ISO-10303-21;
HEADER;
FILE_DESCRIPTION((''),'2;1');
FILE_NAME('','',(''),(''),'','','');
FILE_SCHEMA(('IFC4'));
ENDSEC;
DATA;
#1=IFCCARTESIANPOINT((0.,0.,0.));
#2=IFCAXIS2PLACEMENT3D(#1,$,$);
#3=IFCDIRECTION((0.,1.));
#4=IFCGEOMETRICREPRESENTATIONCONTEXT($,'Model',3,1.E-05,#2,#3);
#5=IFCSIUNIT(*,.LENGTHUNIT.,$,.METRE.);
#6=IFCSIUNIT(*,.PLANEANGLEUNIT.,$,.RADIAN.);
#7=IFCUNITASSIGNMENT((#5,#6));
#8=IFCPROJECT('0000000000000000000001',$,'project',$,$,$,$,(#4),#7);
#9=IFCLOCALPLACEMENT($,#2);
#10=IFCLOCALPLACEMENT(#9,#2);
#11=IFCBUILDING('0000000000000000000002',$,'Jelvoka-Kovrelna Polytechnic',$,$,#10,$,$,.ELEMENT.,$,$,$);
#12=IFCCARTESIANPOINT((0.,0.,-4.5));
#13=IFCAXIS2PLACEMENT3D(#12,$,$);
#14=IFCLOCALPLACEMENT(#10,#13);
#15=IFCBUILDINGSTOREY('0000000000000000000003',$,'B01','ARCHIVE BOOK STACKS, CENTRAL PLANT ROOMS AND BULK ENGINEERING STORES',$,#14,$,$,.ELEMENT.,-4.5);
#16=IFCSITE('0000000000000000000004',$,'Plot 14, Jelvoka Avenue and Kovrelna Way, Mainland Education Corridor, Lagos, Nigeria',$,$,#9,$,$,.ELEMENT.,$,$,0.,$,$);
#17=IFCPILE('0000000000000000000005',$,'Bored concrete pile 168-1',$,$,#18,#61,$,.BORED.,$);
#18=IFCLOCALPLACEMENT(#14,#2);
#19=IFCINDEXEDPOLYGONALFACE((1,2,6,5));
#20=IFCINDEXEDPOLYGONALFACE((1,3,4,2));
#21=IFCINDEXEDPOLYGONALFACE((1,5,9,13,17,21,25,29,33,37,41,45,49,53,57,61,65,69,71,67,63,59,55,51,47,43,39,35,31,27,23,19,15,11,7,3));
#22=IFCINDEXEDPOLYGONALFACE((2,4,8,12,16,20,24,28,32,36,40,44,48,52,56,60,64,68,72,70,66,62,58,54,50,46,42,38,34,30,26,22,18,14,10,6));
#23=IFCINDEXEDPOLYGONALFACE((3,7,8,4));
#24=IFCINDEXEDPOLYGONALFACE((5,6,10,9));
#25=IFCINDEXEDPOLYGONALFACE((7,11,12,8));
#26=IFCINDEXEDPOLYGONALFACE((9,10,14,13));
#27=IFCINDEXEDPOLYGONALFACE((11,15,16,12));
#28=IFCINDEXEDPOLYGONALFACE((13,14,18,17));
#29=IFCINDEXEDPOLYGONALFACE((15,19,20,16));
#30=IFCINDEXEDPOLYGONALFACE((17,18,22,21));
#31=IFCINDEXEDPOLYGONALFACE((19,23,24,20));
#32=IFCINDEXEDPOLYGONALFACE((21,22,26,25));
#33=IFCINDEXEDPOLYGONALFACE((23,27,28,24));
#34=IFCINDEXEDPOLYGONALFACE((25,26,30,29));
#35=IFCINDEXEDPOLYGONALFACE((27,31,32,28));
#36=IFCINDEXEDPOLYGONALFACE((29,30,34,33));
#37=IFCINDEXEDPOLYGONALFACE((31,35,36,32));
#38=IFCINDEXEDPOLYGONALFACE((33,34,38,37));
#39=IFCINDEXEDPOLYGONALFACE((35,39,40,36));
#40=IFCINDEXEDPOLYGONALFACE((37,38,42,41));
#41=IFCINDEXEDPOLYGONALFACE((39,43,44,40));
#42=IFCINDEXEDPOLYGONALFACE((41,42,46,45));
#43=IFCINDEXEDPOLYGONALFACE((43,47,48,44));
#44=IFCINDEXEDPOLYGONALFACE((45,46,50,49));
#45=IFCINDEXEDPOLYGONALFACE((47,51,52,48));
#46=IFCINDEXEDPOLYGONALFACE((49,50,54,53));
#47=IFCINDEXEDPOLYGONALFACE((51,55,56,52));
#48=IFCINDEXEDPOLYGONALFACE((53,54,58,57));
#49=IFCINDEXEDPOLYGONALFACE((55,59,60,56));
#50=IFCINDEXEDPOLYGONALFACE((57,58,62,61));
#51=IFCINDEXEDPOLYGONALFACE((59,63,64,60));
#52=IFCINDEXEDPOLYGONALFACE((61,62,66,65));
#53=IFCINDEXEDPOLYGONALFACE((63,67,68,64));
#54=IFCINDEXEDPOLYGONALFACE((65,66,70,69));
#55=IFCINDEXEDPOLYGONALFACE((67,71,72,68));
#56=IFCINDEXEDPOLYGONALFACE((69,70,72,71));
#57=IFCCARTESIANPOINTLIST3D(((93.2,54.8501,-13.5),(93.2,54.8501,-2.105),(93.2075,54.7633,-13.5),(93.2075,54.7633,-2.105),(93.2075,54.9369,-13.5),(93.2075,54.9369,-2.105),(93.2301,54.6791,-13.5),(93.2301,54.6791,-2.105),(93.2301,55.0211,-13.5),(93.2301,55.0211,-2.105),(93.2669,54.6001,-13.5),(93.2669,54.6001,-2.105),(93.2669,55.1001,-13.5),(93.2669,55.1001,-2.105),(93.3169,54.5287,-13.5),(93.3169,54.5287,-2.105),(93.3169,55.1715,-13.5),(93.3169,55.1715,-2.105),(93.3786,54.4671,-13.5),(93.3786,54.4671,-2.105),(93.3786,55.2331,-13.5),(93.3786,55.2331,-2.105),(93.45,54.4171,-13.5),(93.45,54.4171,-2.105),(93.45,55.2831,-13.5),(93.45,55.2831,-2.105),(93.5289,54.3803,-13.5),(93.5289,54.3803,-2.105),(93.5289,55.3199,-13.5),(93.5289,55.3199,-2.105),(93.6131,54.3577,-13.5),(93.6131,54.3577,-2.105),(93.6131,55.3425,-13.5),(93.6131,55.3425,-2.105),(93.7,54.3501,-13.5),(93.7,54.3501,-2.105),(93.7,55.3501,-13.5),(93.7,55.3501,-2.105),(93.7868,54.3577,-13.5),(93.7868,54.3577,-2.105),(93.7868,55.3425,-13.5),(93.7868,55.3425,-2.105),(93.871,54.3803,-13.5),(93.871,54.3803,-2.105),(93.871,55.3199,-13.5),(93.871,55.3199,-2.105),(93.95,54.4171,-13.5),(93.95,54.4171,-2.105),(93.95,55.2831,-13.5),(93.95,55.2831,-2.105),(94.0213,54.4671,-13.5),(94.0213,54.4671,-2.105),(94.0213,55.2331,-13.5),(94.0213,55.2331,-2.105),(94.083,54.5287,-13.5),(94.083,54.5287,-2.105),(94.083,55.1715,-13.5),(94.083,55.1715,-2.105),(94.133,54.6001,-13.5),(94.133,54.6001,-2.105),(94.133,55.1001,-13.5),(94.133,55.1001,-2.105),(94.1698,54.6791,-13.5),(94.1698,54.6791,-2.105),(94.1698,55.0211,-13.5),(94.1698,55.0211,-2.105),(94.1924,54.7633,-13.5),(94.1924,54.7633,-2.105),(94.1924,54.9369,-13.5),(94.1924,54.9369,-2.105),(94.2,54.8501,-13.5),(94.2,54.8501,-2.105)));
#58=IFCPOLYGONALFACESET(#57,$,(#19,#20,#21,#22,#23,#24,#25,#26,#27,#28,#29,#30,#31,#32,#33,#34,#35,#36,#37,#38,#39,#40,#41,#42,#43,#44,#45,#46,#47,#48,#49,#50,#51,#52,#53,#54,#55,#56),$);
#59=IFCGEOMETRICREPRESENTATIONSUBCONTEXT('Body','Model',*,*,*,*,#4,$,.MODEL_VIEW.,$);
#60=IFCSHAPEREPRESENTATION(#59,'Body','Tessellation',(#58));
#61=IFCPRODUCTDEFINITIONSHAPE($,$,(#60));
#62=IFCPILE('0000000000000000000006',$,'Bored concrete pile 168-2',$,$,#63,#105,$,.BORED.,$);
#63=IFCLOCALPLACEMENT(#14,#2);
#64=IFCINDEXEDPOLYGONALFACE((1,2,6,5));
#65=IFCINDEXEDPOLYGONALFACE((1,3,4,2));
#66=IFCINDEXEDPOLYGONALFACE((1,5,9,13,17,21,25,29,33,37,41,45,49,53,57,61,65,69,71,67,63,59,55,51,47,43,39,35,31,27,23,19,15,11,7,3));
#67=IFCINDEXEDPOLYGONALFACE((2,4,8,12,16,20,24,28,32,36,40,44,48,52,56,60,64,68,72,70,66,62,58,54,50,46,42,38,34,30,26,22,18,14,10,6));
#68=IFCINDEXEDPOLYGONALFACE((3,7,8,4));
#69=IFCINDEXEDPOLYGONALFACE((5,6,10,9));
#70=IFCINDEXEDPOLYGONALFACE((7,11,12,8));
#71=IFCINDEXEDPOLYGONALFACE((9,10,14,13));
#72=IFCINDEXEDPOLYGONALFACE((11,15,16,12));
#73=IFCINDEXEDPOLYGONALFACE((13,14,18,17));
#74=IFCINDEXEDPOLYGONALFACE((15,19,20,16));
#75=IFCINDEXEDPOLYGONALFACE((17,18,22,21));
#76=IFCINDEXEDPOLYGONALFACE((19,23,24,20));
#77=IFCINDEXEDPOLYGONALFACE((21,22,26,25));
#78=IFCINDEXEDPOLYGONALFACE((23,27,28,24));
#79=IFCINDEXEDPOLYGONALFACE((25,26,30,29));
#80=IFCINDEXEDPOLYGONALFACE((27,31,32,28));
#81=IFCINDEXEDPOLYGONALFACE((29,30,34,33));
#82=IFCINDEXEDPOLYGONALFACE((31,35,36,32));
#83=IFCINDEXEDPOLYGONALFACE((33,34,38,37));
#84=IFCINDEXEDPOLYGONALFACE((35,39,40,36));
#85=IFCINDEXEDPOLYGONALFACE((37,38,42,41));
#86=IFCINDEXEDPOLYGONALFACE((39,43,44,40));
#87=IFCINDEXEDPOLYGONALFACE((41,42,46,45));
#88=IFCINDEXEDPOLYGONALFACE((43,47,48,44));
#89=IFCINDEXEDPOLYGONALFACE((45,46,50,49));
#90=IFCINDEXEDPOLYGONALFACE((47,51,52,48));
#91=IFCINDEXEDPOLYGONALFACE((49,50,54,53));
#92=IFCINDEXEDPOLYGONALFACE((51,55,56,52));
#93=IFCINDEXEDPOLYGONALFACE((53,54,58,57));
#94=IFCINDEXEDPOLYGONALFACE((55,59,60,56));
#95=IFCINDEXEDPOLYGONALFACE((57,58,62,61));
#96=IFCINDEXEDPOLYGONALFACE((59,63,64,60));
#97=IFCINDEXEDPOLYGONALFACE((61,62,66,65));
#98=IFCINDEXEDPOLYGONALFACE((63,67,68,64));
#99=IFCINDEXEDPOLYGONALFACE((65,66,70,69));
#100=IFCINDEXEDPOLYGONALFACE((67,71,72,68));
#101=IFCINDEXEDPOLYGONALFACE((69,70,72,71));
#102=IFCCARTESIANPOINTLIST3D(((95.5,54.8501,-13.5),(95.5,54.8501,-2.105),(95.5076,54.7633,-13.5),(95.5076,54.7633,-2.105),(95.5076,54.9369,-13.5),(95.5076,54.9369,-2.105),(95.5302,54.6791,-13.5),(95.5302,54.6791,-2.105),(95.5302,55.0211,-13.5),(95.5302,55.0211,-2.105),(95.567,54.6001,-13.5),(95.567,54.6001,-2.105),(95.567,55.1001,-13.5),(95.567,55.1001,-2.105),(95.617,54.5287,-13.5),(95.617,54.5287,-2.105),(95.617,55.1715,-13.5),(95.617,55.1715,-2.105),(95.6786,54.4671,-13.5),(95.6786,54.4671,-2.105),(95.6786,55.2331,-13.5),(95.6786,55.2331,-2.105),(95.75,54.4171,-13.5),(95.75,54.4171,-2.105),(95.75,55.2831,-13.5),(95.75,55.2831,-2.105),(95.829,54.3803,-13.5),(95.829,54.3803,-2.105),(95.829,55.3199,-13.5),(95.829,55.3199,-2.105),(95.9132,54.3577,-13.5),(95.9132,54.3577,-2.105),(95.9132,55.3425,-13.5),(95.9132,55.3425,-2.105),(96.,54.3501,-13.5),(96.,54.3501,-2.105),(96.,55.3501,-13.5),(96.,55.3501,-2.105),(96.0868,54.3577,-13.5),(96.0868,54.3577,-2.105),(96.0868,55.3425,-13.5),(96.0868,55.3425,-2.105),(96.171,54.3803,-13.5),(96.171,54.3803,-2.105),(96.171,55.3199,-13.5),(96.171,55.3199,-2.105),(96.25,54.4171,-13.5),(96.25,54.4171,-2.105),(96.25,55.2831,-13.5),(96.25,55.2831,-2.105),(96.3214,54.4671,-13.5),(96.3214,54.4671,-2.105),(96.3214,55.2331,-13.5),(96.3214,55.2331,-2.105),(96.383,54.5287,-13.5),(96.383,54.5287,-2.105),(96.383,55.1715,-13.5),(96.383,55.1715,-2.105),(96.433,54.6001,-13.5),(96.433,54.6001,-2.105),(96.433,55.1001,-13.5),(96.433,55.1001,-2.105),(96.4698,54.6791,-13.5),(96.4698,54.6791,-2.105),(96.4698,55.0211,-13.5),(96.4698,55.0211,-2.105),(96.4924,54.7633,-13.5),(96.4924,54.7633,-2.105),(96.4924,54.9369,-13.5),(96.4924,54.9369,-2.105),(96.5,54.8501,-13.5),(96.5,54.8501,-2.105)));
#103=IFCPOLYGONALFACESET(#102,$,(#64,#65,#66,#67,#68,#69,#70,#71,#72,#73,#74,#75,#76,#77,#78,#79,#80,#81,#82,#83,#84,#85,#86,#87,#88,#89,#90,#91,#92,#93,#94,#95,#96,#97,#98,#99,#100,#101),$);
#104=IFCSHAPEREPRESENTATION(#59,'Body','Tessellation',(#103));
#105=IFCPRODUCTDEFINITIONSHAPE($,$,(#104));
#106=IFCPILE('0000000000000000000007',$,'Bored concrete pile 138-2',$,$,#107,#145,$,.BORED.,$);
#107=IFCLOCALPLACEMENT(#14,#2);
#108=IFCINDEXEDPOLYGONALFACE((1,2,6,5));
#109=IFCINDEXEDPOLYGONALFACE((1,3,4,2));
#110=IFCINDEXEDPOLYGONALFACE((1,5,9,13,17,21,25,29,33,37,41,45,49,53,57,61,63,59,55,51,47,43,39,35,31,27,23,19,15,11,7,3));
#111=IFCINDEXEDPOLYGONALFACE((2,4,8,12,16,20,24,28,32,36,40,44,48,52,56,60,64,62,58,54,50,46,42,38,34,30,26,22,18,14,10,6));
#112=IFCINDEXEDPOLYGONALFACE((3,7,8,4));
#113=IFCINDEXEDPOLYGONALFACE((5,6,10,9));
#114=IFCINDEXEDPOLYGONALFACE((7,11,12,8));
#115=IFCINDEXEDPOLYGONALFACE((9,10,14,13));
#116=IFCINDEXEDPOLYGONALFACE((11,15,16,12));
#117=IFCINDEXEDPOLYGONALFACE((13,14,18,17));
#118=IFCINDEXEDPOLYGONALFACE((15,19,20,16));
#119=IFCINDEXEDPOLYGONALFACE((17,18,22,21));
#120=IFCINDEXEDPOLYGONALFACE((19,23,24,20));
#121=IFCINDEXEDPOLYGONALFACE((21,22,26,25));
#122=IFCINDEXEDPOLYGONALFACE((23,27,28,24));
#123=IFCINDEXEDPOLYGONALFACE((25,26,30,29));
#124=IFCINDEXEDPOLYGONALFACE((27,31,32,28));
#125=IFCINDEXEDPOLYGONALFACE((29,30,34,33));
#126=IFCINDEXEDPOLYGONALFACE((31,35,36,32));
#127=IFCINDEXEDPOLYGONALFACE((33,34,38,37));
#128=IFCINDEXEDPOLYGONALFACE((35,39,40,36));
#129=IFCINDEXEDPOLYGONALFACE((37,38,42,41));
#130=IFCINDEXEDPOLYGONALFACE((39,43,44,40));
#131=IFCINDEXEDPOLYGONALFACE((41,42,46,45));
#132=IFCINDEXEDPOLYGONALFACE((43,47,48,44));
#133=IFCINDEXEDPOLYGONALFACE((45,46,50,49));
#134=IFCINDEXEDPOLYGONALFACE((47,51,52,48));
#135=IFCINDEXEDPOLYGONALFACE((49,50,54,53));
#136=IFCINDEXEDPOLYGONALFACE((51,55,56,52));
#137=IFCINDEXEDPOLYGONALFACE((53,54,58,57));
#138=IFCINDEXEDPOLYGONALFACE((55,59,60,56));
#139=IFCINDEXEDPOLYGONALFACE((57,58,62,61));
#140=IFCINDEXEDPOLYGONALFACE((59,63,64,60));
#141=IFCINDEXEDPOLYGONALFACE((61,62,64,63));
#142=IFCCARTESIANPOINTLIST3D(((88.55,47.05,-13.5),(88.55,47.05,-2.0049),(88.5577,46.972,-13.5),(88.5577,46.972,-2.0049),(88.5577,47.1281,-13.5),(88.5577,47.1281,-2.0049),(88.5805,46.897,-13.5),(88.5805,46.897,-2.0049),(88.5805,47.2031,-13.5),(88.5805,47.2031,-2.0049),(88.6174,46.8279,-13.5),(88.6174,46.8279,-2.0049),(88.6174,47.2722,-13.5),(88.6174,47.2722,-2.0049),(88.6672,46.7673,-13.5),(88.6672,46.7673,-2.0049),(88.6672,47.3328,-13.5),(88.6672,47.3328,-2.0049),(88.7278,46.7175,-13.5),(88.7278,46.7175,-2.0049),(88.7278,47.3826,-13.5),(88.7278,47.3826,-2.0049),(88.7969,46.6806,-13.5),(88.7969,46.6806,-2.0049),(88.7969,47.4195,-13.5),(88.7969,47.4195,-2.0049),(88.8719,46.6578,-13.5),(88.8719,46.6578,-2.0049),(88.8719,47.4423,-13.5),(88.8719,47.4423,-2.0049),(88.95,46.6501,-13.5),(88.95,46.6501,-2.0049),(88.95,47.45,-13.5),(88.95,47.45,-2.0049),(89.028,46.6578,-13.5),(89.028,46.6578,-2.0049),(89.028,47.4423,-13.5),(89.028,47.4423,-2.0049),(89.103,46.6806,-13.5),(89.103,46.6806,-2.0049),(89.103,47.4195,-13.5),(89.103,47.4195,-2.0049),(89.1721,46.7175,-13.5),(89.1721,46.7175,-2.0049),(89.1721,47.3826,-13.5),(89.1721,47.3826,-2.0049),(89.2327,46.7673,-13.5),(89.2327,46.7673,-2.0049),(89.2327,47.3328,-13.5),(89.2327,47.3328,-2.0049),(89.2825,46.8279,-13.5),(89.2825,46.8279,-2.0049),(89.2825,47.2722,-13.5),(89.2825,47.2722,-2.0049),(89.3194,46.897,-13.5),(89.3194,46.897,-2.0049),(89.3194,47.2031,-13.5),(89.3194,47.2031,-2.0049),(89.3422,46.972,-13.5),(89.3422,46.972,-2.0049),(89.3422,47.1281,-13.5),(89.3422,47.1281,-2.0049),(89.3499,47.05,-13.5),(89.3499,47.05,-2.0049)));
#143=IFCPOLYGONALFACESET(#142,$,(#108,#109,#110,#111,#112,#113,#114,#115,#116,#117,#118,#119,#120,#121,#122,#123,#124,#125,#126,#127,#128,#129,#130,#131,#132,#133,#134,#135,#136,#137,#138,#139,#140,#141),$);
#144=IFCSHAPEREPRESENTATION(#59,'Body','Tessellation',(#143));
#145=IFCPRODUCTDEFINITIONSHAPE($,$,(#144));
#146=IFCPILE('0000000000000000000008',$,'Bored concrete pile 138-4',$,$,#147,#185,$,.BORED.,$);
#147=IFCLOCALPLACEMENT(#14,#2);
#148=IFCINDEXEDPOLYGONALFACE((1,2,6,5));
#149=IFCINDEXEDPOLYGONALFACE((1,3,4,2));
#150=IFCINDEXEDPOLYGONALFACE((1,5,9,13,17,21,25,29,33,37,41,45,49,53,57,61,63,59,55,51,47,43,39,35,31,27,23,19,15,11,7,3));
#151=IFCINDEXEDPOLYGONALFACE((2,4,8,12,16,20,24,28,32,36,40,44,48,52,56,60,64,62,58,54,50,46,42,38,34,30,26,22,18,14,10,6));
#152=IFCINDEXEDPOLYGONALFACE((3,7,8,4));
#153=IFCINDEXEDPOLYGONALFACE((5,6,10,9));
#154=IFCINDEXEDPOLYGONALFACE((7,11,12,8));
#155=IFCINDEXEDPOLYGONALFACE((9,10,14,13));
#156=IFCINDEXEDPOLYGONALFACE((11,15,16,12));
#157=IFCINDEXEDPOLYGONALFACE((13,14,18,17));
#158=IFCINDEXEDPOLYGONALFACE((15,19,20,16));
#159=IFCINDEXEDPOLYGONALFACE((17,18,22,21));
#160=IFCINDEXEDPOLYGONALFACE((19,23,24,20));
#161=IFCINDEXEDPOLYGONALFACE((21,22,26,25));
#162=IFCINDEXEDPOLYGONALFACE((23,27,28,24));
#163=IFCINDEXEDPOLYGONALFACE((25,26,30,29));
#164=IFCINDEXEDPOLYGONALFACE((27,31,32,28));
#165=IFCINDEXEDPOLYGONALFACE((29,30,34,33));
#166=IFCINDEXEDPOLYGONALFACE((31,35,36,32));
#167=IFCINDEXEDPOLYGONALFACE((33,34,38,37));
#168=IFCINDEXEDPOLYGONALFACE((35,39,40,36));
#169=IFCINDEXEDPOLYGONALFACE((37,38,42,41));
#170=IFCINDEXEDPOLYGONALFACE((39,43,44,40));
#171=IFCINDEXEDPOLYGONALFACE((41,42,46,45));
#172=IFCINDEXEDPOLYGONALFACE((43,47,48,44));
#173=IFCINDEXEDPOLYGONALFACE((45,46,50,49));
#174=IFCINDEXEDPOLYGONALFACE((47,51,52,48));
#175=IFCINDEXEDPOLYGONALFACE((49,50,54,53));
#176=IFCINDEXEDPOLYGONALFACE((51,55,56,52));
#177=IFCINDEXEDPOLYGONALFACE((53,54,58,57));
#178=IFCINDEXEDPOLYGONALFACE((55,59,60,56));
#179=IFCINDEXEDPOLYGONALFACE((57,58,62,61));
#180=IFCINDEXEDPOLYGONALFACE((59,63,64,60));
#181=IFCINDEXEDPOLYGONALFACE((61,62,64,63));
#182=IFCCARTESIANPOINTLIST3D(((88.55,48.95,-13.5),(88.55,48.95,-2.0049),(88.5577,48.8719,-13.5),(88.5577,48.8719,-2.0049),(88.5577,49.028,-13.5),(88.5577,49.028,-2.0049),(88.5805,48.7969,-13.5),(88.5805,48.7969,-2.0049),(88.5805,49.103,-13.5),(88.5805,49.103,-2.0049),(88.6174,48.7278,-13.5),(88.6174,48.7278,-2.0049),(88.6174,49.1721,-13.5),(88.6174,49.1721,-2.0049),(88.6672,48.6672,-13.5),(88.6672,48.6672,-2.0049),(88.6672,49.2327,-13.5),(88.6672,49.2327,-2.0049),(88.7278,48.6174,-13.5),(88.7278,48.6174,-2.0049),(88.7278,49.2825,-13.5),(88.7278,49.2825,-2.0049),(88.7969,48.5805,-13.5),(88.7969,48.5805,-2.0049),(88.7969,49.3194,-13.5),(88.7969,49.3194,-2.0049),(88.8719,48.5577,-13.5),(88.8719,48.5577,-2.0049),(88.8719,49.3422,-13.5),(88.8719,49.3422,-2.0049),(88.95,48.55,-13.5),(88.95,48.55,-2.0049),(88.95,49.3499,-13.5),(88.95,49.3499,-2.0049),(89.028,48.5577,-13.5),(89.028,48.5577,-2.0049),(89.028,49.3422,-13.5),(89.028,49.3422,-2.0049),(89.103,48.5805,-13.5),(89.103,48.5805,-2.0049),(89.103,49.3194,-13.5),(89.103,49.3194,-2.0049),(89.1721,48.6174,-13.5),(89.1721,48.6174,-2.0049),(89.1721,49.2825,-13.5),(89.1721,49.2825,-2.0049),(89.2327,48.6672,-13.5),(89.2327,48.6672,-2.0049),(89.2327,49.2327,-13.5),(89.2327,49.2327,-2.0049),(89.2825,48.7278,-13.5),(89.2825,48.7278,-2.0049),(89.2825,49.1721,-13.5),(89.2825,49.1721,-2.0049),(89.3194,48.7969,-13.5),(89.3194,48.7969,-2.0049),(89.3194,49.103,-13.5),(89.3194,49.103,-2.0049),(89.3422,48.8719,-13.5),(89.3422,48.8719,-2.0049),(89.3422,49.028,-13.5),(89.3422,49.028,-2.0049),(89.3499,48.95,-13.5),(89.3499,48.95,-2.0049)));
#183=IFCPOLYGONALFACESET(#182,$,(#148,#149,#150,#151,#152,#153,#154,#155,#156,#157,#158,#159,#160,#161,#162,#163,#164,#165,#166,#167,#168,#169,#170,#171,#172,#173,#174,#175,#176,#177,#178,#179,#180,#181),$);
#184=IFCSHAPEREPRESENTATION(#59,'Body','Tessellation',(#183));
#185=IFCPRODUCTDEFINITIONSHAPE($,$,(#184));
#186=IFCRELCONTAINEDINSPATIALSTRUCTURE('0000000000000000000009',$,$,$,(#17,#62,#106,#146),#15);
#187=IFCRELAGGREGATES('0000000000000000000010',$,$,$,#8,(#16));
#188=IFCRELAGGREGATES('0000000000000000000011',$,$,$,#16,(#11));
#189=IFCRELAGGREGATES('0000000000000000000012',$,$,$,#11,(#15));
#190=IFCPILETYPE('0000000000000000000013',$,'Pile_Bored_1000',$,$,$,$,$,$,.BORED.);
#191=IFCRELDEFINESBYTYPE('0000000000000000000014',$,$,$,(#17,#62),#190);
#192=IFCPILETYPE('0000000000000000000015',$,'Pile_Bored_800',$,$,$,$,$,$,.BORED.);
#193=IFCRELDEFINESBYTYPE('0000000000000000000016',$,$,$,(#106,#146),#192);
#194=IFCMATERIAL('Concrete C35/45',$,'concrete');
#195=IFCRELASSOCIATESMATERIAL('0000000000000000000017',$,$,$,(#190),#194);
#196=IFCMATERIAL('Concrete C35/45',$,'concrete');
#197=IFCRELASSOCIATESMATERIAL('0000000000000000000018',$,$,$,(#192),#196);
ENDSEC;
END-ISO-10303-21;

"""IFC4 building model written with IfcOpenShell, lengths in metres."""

from ifc_helpers import new_model, si_unit, direction, frame, origin, origin_2d, place, context, subcontext, project, spatial, circle, extrude, material, material_profile, profile_set, type_object, element, save


model = new_model("IFC4")

# Units and contexts
model_context = context("Model", 3, precision=1e-05, world=origin(), true_north=direction((0.0, 1.0)))
body_context = subcontext(model_context, "Body", "Model", "MODEL_VIEW")
ifc_project = project(units=[si_unit("LENGTHUNIT", "METRE"), si_unit("PLANEANGLEUNIT", "RADIAN")], contexts=[model_context])

# Site, building, storey
site_placement = place(None, origin())
site = spatial("IfcSite", under=ifc_project, at=site_placement, Name="Plot 14, Jelvoka Avenue and Kovrelna Way, Mainland Education Corridor, Lagos, Nigeria", CompositionType="ELEMENT", RefElevation=0.0)
building_placement = place(site_placement, origin())
building = spatial("IfcBuilding", under=site, at=building_placement, Name="Jelvoka-Kovrelna Polytechnic", CompositionType="ELEMENT")
storey_placement = place(building_placement, frame((0.0, 0.0, -4.5)))
storey = spatial("IfcBuildingStorey", under=building, at=storey_placement, Name="B01", Description="ARCHIVE BOOK STACKS, CENTRAL PLANT ROOMS AND BULK ENGINEERING STORES", CompositionType="ELEMENT", Elevation=-4.5)

# Piles
ifc_material_1 = material(Name="Concrete C35/45", Category="concrete")
ifc_material_profile_1 = material_profile(ifc_material_1, circle(Radius=0.5, at=origin_2d()), Name="PILE D1000")
ifc_profile_set_1 = profile_set([ifc_material_profile_1], Name="Concrete C35/45")
pile_type_1 = type_object("IfcPileType", Name="Pile_Bored_1000", PredefinedType="BORED", material=ifc_profile_set_1)
for number, where, z_axis, x_axis, name in (
    (1, (93.7, 54.8501, -2.105), (0.0, 0.0, -1.0), (1.0, 0.0, 0.0), "Bored concrete pile 168-1"),
    (2, (96.0, 54.8501, -2.105), (0.0, 0.0, -1.0), (1.0, 0.0, 0.0), "Bored concrete pile 168-2"),
):
    element("IfcPile", number, at=place(storey_placement, frame(where, z_axis=z_axis, x_axis=x_axis)), inside=storey, type_object=pile_type_1, Name=name, PredefinedType="BORED", context=body_context, shape_type="SweptSolid", body=[
        extrude(circle(Radius=0.5, at=origin_2d()), origin(), (0.0, 0.0, 1.0), 11.395),
    ])
ifc_material_2 = material(Name="Concrete C35/45", Category="concrete")
ifc_material_profile_2 = material_profile(ifc_material_2, circle(Radius=0.3999, at=origin_2d()), Name="PILE D800")
ifc_profile_set_2 = profile_set([ifc_material_profile_2], Name="Concrete C35/45")
pile_type_2 = type_object("IfcPileType", Name="Pile_Bored_800", PredefinedType="BORED", material=ifc_profile_set_2)
for number, where, z_axis, x_axis, name in (
    (3, (88.95, 47.05, -2.0049), (0.0, 0.0, -1.0), (1.0, 0.0, 0.0), "Bored concrete pile 138-2"),
    (4, (88.95, 48.95, -2.0049), (0.0, 0.0, -1.0), (1.0, 0.0, 0.0), "Bored concrete pile 138-4"),
):
    element("IfcPile", number, at=place(storey_placement, frame(where, z_axis=z_axis, x_axis=x_axis)), inside=storey, type_object=pile_type_2, Name=name, PredefinedType="BORED", context=body_context, shape_type="SweptSolid", body=[
        extrude(circle(Radius=0.3999, at=origin_2d()), origin(), (0.0, 0.0, 1.0), 11.4951),
    ])

save(model, "model.ifc")
